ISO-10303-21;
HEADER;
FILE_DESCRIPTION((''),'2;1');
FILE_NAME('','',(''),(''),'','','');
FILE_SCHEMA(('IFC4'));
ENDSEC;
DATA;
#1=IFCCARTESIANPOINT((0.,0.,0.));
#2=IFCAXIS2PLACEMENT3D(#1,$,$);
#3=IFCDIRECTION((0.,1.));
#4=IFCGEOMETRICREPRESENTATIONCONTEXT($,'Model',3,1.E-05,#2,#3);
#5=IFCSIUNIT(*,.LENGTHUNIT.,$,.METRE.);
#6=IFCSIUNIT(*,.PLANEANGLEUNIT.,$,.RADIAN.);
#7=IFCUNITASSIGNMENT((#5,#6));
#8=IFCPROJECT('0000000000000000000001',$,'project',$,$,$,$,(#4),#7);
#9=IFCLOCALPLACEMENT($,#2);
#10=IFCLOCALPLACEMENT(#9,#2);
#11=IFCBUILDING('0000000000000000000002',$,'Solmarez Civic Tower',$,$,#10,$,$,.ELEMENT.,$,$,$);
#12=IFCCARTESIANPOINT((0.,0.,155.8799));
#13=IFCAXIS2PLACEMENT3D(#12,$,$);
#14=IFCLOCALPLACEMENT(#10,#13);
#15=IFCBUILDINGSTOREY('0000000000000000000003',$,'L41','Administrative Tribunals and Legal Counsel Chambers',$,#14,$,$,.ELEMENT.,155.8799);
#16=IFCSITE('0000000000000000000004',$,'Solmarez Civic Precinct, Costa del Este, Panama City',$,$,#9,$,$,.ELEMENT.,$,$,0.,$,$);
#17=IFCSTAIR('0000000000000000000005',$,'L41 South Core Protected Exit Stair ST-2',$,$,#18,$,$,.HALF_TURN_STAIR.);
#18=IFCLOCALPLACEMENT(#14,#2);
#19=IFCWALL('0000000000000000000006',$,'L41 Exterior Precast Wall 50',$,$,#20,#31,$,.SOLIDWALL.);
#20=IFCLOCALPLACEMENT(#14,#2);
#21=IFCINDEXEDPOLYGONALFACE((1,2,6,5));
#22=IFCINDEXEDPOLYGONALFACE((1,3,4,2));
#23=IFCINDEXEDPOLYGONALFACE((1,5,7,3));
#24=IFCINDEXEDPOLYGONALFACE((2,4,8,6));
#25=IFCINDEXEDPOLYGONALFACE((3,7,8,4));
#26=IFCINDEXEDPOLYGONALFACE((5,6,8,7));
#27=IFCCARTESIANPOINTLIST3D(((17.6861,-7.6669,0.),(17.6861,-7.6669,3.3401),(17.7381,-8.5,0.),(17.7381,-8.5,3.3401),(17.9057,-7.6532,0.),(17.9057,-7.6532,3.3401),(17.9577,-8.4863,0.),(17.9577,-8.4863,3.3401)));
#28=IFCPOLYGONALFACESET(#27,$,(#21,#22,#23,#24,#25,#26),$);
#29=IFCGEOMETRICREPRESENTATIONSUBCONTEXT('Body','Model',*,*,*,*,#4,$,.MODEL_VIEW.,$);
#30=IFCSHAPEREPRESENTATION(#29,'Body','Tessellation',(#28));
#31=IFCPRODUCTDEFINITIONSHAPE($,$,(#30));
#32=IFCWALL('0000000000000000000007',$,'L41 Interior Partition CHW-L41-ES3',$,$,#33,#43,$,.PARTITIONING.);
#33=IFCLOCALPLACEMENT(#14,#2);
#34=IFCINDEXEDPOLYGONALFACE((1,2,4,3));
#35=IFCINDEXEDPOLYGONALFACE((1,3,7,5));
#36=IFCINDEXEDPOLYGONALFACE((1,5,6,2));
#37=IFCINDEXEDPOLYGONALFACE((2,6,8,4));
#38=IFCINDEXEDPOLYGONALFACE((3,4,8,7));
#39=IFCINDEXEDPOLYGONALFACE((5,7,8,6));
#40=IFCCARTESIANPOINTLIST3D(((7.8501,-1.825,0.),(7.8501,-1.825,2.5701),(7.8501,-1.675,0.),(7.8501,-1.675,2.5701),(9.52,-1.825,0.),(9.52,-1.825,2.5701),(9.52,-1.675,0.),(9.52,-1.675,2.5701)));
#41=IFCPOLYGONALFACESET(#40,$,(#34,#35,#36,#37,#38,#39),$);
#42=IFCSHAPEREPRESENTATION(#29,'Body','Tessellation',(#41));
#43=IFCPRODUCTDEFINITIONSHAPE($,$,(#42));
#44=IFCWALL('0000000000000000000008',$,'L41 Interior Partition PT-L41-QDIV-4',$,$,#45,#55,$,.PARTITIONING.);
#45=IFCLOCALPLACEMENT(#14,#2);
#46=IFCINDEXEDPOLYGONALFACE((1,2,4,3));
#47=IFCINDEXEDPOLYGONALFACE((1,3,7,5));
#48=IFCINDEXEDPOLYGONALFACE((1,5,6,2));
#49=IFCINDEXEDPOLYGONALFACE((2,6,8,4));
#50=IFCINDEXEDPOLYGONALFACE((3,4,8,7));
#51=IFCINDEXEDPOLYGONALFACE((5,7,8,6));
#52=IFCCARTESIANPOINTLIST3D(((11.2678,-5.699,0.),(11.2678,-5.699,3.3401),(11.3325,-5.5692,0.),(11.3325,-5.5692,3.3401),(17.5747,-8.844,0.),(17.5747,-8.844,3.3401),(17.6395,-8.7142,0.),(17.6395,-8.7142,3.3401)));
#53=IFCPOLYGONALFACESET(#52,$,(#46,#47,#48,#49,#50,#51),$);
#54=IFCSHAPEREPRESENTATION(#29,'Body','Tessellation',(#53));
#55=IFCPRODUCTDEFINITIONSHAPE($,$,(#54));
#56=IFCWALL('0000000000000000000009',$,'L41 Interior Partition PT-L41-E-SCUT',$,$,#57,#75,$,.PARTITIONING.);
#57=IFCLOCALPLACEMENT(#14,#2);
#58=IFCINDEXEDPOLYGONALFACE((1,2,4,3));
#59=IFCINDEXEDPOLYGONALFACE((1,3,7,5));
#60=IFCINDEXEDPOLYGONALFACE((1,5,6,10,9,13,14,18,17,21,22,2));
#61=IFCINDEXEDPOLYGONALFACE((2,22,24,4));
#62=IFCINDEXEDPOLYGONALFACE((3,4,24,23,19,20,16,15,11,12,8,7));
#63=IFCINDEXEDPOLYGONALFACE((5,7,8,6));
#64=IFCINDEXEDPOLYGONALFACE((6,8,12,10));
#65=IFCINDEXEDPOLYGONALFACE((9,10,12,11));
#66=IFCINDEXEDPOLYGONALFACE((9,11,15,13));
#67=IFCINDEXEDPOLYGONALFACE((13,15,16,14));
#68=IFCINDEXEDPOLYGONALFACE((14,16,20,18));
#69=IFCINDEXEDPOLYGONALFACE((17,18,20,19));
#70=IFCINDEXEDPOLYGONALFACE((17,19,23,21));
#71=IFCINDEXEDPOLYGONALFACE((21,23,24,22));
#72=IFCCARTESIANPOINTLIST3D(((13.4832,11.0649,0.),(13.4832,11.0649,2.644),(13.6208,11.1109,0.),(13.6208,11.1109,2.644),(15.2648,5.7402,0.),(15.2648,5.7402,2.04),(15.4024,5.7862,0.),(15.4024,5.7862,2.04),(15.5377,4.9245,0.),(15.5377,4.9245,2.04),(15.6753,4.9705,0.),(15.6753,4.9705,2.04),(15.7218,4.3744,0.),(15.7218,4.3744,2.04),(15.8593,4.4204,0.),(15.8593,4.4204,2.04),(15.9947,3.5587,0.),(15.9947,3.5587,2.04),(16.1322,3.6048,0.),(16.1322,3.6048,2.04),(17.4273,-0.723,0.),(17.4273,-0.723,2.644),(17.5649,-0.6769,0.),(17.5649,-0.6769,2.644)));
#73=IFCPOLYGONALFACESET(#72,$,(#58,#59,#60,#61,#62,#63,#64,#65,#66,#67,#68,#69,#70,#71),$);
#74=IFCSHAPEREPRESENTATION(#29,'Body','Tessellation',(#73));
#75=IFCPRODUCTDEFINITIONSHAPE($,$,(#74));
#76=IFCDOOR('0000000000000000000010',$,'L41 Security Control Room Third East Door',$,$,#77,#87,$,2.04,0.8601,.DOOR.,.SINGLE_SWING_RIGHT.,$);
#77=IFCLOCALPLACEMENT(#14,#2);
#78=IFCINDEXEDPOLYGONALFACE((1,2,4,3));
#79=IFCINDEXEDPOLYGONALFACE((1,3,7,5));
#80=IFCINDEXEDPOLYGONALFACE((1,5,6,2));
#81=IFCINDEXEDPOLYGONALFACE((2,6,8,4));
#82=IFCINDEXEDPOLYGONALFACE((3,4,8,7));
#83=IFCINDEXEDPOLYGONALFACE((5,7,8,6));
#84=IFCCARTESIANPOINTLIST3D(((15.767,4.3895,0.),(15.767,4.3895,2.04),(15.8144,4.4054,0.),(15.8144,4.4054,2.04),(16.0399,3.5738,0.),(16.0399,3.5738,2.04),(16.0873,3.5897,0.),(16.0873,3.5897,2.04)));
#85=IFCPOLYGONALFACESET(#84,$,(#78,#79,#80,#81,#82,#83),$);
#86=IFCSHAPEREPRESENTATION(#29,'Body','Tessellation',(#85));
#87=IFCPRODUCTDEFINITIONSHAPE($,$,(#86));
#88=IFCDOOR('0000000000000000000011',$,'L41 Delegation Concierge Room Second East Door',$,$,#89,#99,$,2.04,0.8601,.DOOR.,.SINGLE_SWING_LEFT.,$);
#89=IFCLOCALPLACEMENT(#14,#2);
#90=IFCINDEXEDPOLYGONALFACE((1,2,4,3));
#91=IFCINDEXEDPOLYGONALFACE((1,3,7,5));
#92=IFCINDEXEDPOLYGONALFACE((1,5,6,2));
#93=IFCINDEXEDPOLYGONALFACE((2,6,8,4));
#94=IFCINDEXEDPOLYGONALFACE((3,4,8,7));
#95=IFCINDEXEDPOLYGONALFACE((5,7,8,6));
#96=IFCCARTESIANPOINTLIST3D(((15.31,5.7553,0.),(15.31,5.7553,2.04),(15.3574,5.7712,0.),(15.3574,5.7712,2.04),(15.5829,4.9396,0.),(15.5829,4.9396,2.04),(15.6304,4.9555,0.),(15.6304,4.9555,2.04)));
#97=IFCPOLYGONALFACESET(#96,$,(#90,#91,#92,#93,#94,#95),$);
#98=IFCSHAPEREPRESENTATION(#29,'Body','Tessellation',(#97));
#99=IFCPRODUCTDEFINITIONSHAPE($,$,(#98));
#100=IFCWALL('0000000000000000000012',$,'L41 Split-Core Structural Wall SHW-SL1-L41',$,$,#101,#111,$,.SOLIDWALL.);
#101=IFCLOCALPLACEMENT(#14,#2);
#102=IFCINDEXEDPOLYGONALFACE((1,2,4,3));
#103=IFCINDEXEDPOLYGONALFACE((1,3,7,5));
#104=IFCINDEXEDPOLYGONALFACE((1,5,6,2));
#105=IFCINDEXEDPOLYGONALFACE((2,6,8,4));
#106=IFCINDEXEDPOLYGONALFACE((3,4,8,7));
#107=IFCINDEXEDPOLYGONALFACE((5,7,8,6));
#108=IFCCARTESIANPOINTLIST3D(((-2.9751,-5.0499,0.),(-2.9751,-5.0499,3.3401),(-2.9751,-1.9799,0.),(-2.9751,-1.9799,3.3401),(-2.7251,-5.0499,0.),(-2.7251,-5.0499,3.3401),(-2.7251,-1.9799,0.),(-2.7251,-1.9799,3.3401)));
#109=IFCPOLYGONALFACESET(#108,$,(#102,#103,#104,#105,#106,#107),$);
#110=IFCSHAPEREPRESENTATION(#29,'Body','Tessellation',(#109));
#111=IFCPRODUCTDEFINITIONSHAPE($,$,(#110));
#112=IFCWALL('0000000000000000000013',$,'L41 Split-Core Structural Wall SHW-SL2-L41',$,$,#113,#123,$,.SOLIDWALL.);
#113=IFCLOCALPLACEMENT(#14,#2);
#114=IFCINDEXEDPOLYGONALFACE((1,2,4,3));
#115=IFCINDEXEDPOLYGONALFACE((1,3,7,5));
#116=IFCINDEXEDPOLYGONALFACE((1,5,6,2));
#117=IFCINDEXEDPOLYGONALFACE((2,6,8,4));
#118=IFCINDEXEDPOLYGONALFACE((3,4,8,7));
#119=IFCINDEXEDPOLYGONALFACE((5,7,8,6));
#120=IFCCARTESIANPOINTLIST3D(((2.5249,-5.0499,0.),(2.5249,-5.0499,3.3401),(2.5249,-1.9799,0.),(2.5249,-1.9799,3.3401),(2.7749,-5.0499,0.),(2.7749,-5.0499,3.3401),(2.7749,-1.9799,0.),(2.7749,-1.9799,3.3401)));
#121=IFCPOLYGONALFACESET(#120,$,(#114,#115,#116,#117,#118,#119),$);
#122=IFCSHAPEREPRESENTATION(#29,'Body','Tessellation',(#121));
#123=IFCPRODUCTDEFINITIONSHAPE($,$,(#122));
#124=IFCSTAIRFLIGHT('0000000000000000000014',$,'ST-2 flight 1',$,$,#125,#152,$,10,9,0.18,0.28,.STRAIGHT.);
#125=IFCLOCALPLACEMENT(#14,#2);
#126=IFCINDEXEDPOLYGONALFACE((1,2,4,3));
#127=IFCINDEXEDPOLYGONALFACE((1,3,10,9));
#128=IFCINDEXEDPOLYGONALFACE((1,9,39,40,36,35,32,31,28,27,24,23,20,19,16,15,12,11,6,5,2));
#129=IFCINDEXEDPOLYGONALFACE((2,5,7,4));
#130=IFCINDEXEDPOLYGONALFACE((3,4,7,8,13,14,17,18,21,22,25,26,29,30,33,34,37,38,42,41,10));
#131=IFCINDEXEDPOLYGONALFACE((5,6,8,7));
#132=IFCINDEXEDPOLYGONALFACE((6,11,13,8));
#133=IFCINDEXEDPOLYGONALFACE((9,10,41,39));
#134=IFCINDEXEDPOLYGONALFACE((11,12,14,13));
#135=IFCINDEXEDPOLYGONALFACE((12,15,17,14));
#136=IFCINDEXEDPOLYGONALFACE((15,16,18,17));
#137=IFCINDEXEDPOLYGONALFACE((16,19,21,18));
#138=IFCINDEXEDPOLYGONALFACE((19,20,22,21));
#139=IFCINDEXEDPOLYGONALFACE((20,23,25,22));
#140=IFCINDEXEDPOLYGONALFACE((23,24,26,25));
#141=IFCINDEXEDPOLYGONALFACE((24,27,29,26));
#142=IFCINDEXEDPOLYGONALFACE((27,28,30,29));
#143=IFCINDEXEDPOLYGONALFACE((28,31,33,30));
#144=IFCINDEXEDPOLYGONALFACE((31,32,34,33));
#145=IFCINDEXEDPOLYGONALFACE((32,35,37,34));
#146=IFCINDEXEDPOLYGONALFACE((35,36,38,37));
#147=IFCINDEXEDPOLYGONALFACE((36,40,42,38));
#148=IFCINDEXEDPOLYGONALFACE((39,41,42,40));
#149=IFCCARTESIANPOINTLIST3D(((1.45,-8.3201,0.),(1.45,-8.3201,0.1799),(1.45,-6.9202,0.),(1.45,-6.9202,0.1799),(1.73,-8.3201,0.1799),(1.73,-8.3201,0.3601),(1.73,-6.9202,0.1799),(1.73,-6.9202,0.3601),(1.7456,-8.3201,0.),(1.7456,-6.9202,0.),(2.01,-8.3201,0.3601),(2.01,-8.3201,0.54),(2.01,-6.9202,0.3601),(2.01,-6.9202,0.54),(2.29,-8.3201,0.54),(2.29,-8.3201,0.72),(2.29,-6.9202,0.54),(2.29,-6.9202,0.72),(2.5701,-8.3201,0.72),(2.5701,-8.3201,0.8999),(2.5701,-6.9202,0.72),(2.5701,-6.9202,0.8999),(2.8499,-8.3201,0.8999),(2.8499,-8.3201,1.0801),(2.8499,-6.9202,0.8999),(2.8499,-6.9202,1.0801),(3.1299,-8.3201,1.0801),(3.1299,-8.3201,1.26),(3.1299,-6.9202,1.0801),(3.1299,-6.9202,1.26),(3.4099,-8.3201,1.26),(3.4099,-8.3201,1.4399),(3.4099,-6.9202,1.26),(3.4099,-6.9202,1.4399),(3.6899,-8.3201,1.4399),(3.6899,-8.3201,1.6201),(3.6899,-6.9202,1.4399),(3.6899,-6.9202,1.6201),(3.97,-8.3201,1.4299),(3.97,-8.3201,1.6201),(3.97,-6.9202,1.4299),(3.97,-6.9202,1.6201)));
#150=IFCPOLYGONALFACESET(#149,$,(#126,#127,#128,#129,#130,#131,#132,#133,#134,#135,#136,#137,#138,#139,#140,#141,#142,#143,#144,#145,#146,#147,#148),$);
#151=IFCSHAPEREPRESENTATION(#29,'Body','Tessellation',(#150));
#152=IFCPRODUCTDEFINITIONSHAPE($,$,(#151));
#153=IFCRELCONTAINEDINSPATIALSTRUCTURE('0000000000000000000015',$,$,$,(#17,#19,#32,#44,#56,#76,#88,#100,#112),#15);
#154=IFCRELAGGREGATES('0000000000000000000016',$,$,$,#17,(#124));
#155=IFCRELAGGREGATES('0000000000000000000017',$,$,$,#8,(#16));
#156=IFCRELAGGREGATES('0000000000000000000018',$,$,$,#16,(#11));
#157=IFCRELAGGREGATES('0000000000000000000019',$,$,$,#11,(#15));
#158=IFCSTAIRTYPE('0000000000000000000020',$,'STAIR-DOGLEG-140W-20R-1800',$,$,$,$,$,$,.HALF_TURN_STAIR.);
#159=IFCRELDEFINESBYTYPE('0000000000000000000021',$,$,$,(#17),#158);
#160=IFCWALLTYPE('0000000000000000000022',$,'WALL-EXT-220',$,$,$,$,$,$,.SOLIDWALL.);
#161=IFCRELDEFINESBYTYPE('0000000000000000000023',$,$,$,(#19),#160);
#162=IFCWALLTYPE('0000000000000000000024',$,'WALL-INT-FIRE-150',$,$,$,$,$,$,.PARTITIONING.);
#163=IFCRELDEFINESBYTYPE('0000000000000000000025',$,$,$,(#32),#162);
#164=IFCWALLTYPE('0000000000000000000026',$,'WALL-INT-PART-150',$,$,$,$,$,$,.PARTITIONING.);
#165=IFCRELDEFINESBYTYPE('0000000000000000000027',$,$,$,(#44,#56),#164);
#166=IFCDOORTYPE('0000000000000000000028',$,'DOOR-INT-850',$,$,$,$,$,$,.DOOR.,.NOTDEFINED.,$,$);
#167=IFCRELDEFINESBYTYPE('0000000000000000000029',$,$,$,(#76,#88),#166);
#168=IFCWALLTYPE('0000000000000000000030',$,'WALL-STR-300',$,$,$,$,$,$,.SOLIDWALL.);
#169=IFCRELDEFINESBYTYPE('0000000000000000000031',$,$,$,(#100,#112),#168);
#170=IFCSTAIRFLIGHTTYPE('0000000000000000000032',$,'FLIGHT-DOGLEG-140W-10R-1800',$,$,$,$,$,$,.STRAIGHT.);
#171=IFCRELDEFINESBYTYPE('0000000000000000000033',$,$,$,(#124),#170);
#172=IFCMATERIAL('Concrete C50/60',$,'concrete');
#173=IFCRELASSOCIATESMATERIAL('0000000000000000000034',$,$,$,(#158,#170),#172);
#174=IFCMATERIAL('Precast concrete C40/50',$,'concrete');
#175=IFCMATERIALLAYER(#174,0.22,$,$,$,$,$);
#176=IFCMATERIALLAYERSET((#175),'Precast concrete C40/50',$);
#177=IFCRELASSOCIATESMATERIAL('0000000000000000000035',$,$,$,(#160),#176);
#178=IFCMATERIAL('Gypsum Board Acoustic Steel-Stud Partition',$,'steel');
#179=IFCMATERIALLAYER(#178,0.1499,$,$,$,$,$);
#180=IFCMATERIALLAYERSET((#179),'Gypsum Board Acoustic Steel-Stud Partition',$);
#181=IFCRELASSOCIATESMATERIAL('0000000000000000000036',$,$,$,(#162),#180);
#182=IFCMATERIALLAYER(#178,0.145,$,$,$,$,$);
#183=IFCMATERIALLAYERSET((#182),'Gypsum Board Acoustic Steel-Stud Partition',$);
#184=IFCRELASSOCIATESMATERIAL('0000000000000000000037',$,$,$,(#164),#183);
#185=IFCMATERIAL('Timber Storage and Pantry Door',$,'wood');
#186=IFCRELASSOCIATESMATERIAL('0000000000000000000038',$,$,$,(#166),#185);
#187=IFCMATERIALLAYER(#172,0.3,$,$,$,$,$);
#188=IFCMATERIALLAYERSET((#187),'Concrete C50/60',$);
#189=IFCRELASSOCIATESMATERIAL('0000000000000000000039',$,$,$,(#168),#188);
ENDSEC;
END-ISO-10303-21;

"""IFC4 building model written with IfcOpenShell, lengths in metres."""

from ifc_helpers import new_model, si_unit, direction, frame, frame_2d, origin, place, context, subcontext, project, spatial, polyline, rectangle, outline, extrude, material, layer, layer_set, type_object, element, fill, aggregate, save


model = new_model("IFC4")

# Units and contexts
model_context = context("Model", 3, precision=1e-05, world=origin(), true_north=direction((0.0, 1.0)))
body_context = subcontext(model_context, "Body", "Model", "MODEL_VIEW")
ifc_project = project(units=[si_unit("LENGTHUNIT", "METRE"), si_unit("PLANEANGLEUNIT", "RADIAN")], contexts=[model_context])

# Site, building, storey
site_placement = place(None, origin())
site = spatial("IfcSite", under=ifc_project, at=site_placement, Name="Solmarez Civic Precinct, Costa del Este, Panama City", CompositionType="ELEMENT", RefElevation=0.0)
building_placement = place(site_placement, origin())
building = spatial("IfcBuilding", under=site, at=building_placement, Name="Solmarez Civic Tower", CompositionType="ELEMENT")
storey_placement = place(building_placement, frame((0.0, 0.0, 155.8799)))
storey = spatial("IfcBuildingStorey", under=building, at=storey_placement, Name="L41", Description="Administrative Tribunals and Legal Counsel Chambers", CompositionType="ELEMENT", Elevation=155.8799)

# Shared definitions
ifc_material_1 = material(Name="Concrete C50/60", Category="concrete")

# Stair
stair_type = type_object("IfcStairType", Name="STAIR-DOGLEG-140W-20R-1800", PredefinedType="HALF_TURN_STAIR", material=ifc_material_1)
stair_1_placement = place(storey_placement, origin())
stair_1 = element("IfcStair", 1, at=stair_1_placement, inside=storey, type_object=stair_type, Name="L41 South Core Protected Exit Stair ST-2", PredefinedType="HALF_TURN_STAIR")

# Walls
ifc_material_2 = material(Name="Precast concrete C40/50", Category="concrete")
ifc_layer_1 = layer(ifc_material_2, 0.22)
ifc_layer_set_1 = layer_set([ifc_layer_1], Name="Precast concrete C40/50")
wall_type_1 = type_object("IfcWallType", Name="WALL-EXT-220", PredefinedType="SOLIDWALL", material=ifc_layer_set_1)
wall_1_placement = place(storey_placement, frame((17.7959, -7.6599, 0.0), z_axis=(0.0, 0.0, 1.0), x_axis=(0.062305, -0.998057, 0.0)))
element("IfcWall", 2, at=wall_1_placement, inside=storey, type_object=wall_type_1, Name="L41 Exterior Precast Wall 50", PredefinedType="SOLIDWALL", context=body_context, shape_type="SweptSolid", body=[
    extrude(rectangle(XDim=0.8347, YDim=0.22, at=frame_2d((0.4175, 0.0))), origin(), (0.0, 0.0, 1.0), 3.3401),
])
ifc_material_3 = material(Name="Gypsum Board Acoustic Steel-Stud Partition", Category="steel")
ifc_layer_2 = layer(ifc_material_3, 0.1499)
ifc_layer_set_2 = layer_set([ifc_layer_2], Name="Gypsum Board Acoustic Steel-Stud Partition")
wall_type_2 = type_object("IfcWallType", Name="WALL-INT-FIRE-150", PredefinedType="PARTITIONING", material=ifc_layer_set_2)
wall_2_placement = place(storey_placement, frame((7.8501, -1.75, 0.0), z_axis=(0.0, 0.0, 1.0), x_axis=(1.0, 0.0, 0.0)))
element("IfcWall", 3, at=wall_2_placement, inside=storey, type_object=wall_type_2, Name="L41 Interior Partition CHW-L41-ES3", PredefinedType="PARTITIONING", context=body_context, shape_type="SweptSolid", body=[
    extrude(rectangle(XDim=1.6699, YDim=0.1499, at=frame_2d((0.835, 0.0))), origin(), (0.0, 0.0, 1.0), 2.5701),
])
ifc_layer_3 = layer(ifc_material_3, 0.145)
ifc_layer_set_3 = layer_set([ifc_layer_3], Name="Gypsum Board Acoustic Steel-Stud Partition")
wall_type_3 = type_object("IfcWallType", Name="WALL-INT-PART-150", PredefinedType="PARTITIONING", material=ifc_layer_set_3)
wall_3_placement = place(storey_placement, frame((11.3, -5.634, 0.0), z_axis=(0.0, 0.0, 1.0), x_axis=(0.894905, -0.446257, 0.0)))
element("IfcWall", 4, at=wall_3_placement, inside=storey, type_object=wall_type_3, Name="L41 Interior Partition PT-L41-QDIV-4", PredefinedType="PARTITIONING", context=body_context, shape_type="SweptSolid", body=[
    extrude(rectangle(XDim=7.0476, YDim=0.145, at=frame_2d((3.5239, 0.0))), origin(), (0.0, 0.0, 1.0), 3.3401),
])

# Wall, openings, doors
wall_4_placement = place(storey_placement, frame((17.4961, -0.7, 0.0), z_axis=(0.0, 0.0, 1.0), x_axis=(-0.3173, 0.948325, 0.0)))
wall_4 = element("IfcWall", 5, at=wall_4_placement, inside=storey, type_object=wall_type_3, Name="L41 Interior Partition PT-L41-E-SCUT", PredefinedType="PARTITIONING", context=body_context, shape_type="SweptSolid", body=[
    extrude(rectangle(XDim=12.4302, YDim=0.145, at=frame_2d((6.2151, 0.0))), origin(), (0.0, 0.0, 1.0), 2.644),
])
opening_1_placement = place(wall_4_placement, frame((4.5149, 0.0, 0.0)))
opening_1 = element("IfcOpeningElement", 6, at=opening_1_placement, cuts=wall_4, PredefinedType="OPENING", context=body_context, shape_type="SweptSolid", body=[
    extrude(rectangle(XDim=0.8601, YDim=2.04, at=frame_2d((0.4302, 1.02))), frame((0.0, 0.0825, 0.0), z_axis=(0.0, -1.0, 0.0), x_axis=(1.0, 0.0, 0.0)), (0.0, 0.0, 1.0), 0.165),
])
opening_2_placement = place(wall_4_placement, frame((5.9551, 0.0, 0.0)))
opening_2 = element("IfcOpeningElement", 7, at=opening_2_placement, cuts=wall_4, PredefinedType="OPENING", context=body_context, shape_type="SweptSolid", body=[
    extrude(rectangle(XDim=0.8601, YDim=2.04, at=frame_2d((0.4302, 1.02))), frame((0.0, 0.0825, 0.0), z_axis=(0.0, -1.0, 0.0), x_axis=(1.0, 0.0, 0.0)), (0.0, 0.0, 1.0), 0.165),
])
ifc_material_4 = material(Name="Timber Storage and Pantry Door", Category="wood")
door_type = type_object("IfcDoorType", Name="DOOR-INT-850", OperationType="NOTDEFINED", PredefinedType="DOOR", material=ifc_material_4)
door_1_placement = place(opening_1_placement, origin())
door_1 = element("IfcDoor", 8, at=door_1_placement, inside=storey, type_object=door_type, Name="L41 Security Control Room Third East Door", OperationType="SINGLE_SWING_RIGHT", OverallHeight=2.04, OverallWidth=0.8601, PredefinedType="DOOR", context=body_context, shape_type="SweptSolid", body=[
    extrude(rectangle(XDim=0.8601, YDim=2.04, at=frame_2d((0.4302, 1.02))), frame((0.0, 0.0249, 0.0), z_axis=(0.0, -1.0, 0.0), x_axis=(1.0, 0.0, 0.0)), (0.0, 0.0, 1.0), 0.05),
])
fill(opening_1, door_1)
door_2_placement = place(opening_2_placement, origin())
door_2 = element("IfcDoor", 9, at=door_2_placement, inside=storey, type_object=door_type, Name="L41 Delegation Concierge Room Second East Door", OperationType="SINGLE_SWING_LEFT", OverallHeight=2.04, OverallWidth=0.8601, PredefinedType="DOOR", context=body_context, shape_type="SweptSolid", body=[
    extrude(rectangle(XDim=0.8601, YDim=2.04, at=frame_2d((0.4302, 1.02))), frame((0.0, 0.0249, 0.0), z_axis=(0.0, -1.0, 0.0), x_axis=(1.0, 0.0, 0.0)), (0.0, 0.0, 1.0), 0.05),
])
fill(opening_2, door_2)

# Walls
ifc_layer_4 = layer(ifc_material_1, 0.3)
ifc_layer_set_4 = layer_set([ifc_layer_4], Name="Concrete C50/60")
wall_type_4 = type_object("IfcWallType", Name="WALL-STR-300", PredefinedType="SOLIDWALL", material=ifc_layer_set_4)
for number, where, z_axis, x_axis, name in (
    (10, (-2.8501, -5.05, 0.0), (0.0, 0.0, 1.0), (0.0, 1.0, 0.0), "L41 Split-Core Structural Wall SHW-SL1-L41"),
    (11, (2.6499, -5.05, 0.0), (0.0, 0.0, 1.0), (0.0, 1.0, 0.0), "L41 Split-Core Structural Wall SHW-SL2-L41"),
):
    element("IfcWall", number, at=place(storey_placement, frame(where, z_axis=z_axis, x_axis=x_axis)), inside=storey, type_object=wall_type_4, Name=name, PredefinedType="SOLIDWALL", context=body_context, shape_type="SweptSolid", body=[
        extrude(rectangle(XDim=3.0701, YDim=0.25, at=frame_2d((1.5352, 0.0))), origin(), (0.0, 0.0, 1.0), 3.3401),
    ])

# Stair flight
stair_flight_type = type_object("IfcStairFlightType", Name="FLIGHT-DOGLEG-140W-10R-1800", PredefinedType="STRAIGHT", material=ifc_material_1)
stair_flight_1_placement = place(storey_placement, frame((1.45, -7.6201, 0.0), z_axis=(0.0, 0.0, 1.0), x_axis=(1.0, 0.0, 0.0)))
stair_flight_1 = element("IfcStairFlight", 12, at=stair_flight_1_placement, type_object=stair_flight_type, Name="ST-2 flight 1", NumberOfRisers=10, NumberOfTreads=9, PredefinedType="STRAIGHT", RiserHeight=0.18, TreadLength=0.28, context=body_context, shape_type="SweptSolid", body=[
    extrude(outline(polyline([(0.0, 0.0), (0.0, 0.1799), (0.28, 0.1799), (0.28, 0.3601), (0.5601, 0.3601), (0.5601, 0.54), (0.8401, 0.54), (0.8401, 0.72), (1.1201, 0.72), (1.1201, 0.8999), (1.3999, 0.8999), (1.3999, 1.0801), (1.6799, 1.0801), (1.6799, 1.26), (1.96, 1.26), (1.96, 1.4399), (2.24, 1.4399), (2.24, 1.6201), (2.52, 1.6201), (2.52, 1.8), (2.52, 1.4299), (0.2957, 0.0), (0.0, 0.0)])), frame((0.0, 0.7, 0.0), z_axis=(0.0, -1.0, 0.0), x_axis=(1.0, 0.0, 0.0)), (0.0, 0.0, 1.0), 1.3999),
])
aggregate(stair_1, [stair_flight_1])

save(model, "model.ifc")
